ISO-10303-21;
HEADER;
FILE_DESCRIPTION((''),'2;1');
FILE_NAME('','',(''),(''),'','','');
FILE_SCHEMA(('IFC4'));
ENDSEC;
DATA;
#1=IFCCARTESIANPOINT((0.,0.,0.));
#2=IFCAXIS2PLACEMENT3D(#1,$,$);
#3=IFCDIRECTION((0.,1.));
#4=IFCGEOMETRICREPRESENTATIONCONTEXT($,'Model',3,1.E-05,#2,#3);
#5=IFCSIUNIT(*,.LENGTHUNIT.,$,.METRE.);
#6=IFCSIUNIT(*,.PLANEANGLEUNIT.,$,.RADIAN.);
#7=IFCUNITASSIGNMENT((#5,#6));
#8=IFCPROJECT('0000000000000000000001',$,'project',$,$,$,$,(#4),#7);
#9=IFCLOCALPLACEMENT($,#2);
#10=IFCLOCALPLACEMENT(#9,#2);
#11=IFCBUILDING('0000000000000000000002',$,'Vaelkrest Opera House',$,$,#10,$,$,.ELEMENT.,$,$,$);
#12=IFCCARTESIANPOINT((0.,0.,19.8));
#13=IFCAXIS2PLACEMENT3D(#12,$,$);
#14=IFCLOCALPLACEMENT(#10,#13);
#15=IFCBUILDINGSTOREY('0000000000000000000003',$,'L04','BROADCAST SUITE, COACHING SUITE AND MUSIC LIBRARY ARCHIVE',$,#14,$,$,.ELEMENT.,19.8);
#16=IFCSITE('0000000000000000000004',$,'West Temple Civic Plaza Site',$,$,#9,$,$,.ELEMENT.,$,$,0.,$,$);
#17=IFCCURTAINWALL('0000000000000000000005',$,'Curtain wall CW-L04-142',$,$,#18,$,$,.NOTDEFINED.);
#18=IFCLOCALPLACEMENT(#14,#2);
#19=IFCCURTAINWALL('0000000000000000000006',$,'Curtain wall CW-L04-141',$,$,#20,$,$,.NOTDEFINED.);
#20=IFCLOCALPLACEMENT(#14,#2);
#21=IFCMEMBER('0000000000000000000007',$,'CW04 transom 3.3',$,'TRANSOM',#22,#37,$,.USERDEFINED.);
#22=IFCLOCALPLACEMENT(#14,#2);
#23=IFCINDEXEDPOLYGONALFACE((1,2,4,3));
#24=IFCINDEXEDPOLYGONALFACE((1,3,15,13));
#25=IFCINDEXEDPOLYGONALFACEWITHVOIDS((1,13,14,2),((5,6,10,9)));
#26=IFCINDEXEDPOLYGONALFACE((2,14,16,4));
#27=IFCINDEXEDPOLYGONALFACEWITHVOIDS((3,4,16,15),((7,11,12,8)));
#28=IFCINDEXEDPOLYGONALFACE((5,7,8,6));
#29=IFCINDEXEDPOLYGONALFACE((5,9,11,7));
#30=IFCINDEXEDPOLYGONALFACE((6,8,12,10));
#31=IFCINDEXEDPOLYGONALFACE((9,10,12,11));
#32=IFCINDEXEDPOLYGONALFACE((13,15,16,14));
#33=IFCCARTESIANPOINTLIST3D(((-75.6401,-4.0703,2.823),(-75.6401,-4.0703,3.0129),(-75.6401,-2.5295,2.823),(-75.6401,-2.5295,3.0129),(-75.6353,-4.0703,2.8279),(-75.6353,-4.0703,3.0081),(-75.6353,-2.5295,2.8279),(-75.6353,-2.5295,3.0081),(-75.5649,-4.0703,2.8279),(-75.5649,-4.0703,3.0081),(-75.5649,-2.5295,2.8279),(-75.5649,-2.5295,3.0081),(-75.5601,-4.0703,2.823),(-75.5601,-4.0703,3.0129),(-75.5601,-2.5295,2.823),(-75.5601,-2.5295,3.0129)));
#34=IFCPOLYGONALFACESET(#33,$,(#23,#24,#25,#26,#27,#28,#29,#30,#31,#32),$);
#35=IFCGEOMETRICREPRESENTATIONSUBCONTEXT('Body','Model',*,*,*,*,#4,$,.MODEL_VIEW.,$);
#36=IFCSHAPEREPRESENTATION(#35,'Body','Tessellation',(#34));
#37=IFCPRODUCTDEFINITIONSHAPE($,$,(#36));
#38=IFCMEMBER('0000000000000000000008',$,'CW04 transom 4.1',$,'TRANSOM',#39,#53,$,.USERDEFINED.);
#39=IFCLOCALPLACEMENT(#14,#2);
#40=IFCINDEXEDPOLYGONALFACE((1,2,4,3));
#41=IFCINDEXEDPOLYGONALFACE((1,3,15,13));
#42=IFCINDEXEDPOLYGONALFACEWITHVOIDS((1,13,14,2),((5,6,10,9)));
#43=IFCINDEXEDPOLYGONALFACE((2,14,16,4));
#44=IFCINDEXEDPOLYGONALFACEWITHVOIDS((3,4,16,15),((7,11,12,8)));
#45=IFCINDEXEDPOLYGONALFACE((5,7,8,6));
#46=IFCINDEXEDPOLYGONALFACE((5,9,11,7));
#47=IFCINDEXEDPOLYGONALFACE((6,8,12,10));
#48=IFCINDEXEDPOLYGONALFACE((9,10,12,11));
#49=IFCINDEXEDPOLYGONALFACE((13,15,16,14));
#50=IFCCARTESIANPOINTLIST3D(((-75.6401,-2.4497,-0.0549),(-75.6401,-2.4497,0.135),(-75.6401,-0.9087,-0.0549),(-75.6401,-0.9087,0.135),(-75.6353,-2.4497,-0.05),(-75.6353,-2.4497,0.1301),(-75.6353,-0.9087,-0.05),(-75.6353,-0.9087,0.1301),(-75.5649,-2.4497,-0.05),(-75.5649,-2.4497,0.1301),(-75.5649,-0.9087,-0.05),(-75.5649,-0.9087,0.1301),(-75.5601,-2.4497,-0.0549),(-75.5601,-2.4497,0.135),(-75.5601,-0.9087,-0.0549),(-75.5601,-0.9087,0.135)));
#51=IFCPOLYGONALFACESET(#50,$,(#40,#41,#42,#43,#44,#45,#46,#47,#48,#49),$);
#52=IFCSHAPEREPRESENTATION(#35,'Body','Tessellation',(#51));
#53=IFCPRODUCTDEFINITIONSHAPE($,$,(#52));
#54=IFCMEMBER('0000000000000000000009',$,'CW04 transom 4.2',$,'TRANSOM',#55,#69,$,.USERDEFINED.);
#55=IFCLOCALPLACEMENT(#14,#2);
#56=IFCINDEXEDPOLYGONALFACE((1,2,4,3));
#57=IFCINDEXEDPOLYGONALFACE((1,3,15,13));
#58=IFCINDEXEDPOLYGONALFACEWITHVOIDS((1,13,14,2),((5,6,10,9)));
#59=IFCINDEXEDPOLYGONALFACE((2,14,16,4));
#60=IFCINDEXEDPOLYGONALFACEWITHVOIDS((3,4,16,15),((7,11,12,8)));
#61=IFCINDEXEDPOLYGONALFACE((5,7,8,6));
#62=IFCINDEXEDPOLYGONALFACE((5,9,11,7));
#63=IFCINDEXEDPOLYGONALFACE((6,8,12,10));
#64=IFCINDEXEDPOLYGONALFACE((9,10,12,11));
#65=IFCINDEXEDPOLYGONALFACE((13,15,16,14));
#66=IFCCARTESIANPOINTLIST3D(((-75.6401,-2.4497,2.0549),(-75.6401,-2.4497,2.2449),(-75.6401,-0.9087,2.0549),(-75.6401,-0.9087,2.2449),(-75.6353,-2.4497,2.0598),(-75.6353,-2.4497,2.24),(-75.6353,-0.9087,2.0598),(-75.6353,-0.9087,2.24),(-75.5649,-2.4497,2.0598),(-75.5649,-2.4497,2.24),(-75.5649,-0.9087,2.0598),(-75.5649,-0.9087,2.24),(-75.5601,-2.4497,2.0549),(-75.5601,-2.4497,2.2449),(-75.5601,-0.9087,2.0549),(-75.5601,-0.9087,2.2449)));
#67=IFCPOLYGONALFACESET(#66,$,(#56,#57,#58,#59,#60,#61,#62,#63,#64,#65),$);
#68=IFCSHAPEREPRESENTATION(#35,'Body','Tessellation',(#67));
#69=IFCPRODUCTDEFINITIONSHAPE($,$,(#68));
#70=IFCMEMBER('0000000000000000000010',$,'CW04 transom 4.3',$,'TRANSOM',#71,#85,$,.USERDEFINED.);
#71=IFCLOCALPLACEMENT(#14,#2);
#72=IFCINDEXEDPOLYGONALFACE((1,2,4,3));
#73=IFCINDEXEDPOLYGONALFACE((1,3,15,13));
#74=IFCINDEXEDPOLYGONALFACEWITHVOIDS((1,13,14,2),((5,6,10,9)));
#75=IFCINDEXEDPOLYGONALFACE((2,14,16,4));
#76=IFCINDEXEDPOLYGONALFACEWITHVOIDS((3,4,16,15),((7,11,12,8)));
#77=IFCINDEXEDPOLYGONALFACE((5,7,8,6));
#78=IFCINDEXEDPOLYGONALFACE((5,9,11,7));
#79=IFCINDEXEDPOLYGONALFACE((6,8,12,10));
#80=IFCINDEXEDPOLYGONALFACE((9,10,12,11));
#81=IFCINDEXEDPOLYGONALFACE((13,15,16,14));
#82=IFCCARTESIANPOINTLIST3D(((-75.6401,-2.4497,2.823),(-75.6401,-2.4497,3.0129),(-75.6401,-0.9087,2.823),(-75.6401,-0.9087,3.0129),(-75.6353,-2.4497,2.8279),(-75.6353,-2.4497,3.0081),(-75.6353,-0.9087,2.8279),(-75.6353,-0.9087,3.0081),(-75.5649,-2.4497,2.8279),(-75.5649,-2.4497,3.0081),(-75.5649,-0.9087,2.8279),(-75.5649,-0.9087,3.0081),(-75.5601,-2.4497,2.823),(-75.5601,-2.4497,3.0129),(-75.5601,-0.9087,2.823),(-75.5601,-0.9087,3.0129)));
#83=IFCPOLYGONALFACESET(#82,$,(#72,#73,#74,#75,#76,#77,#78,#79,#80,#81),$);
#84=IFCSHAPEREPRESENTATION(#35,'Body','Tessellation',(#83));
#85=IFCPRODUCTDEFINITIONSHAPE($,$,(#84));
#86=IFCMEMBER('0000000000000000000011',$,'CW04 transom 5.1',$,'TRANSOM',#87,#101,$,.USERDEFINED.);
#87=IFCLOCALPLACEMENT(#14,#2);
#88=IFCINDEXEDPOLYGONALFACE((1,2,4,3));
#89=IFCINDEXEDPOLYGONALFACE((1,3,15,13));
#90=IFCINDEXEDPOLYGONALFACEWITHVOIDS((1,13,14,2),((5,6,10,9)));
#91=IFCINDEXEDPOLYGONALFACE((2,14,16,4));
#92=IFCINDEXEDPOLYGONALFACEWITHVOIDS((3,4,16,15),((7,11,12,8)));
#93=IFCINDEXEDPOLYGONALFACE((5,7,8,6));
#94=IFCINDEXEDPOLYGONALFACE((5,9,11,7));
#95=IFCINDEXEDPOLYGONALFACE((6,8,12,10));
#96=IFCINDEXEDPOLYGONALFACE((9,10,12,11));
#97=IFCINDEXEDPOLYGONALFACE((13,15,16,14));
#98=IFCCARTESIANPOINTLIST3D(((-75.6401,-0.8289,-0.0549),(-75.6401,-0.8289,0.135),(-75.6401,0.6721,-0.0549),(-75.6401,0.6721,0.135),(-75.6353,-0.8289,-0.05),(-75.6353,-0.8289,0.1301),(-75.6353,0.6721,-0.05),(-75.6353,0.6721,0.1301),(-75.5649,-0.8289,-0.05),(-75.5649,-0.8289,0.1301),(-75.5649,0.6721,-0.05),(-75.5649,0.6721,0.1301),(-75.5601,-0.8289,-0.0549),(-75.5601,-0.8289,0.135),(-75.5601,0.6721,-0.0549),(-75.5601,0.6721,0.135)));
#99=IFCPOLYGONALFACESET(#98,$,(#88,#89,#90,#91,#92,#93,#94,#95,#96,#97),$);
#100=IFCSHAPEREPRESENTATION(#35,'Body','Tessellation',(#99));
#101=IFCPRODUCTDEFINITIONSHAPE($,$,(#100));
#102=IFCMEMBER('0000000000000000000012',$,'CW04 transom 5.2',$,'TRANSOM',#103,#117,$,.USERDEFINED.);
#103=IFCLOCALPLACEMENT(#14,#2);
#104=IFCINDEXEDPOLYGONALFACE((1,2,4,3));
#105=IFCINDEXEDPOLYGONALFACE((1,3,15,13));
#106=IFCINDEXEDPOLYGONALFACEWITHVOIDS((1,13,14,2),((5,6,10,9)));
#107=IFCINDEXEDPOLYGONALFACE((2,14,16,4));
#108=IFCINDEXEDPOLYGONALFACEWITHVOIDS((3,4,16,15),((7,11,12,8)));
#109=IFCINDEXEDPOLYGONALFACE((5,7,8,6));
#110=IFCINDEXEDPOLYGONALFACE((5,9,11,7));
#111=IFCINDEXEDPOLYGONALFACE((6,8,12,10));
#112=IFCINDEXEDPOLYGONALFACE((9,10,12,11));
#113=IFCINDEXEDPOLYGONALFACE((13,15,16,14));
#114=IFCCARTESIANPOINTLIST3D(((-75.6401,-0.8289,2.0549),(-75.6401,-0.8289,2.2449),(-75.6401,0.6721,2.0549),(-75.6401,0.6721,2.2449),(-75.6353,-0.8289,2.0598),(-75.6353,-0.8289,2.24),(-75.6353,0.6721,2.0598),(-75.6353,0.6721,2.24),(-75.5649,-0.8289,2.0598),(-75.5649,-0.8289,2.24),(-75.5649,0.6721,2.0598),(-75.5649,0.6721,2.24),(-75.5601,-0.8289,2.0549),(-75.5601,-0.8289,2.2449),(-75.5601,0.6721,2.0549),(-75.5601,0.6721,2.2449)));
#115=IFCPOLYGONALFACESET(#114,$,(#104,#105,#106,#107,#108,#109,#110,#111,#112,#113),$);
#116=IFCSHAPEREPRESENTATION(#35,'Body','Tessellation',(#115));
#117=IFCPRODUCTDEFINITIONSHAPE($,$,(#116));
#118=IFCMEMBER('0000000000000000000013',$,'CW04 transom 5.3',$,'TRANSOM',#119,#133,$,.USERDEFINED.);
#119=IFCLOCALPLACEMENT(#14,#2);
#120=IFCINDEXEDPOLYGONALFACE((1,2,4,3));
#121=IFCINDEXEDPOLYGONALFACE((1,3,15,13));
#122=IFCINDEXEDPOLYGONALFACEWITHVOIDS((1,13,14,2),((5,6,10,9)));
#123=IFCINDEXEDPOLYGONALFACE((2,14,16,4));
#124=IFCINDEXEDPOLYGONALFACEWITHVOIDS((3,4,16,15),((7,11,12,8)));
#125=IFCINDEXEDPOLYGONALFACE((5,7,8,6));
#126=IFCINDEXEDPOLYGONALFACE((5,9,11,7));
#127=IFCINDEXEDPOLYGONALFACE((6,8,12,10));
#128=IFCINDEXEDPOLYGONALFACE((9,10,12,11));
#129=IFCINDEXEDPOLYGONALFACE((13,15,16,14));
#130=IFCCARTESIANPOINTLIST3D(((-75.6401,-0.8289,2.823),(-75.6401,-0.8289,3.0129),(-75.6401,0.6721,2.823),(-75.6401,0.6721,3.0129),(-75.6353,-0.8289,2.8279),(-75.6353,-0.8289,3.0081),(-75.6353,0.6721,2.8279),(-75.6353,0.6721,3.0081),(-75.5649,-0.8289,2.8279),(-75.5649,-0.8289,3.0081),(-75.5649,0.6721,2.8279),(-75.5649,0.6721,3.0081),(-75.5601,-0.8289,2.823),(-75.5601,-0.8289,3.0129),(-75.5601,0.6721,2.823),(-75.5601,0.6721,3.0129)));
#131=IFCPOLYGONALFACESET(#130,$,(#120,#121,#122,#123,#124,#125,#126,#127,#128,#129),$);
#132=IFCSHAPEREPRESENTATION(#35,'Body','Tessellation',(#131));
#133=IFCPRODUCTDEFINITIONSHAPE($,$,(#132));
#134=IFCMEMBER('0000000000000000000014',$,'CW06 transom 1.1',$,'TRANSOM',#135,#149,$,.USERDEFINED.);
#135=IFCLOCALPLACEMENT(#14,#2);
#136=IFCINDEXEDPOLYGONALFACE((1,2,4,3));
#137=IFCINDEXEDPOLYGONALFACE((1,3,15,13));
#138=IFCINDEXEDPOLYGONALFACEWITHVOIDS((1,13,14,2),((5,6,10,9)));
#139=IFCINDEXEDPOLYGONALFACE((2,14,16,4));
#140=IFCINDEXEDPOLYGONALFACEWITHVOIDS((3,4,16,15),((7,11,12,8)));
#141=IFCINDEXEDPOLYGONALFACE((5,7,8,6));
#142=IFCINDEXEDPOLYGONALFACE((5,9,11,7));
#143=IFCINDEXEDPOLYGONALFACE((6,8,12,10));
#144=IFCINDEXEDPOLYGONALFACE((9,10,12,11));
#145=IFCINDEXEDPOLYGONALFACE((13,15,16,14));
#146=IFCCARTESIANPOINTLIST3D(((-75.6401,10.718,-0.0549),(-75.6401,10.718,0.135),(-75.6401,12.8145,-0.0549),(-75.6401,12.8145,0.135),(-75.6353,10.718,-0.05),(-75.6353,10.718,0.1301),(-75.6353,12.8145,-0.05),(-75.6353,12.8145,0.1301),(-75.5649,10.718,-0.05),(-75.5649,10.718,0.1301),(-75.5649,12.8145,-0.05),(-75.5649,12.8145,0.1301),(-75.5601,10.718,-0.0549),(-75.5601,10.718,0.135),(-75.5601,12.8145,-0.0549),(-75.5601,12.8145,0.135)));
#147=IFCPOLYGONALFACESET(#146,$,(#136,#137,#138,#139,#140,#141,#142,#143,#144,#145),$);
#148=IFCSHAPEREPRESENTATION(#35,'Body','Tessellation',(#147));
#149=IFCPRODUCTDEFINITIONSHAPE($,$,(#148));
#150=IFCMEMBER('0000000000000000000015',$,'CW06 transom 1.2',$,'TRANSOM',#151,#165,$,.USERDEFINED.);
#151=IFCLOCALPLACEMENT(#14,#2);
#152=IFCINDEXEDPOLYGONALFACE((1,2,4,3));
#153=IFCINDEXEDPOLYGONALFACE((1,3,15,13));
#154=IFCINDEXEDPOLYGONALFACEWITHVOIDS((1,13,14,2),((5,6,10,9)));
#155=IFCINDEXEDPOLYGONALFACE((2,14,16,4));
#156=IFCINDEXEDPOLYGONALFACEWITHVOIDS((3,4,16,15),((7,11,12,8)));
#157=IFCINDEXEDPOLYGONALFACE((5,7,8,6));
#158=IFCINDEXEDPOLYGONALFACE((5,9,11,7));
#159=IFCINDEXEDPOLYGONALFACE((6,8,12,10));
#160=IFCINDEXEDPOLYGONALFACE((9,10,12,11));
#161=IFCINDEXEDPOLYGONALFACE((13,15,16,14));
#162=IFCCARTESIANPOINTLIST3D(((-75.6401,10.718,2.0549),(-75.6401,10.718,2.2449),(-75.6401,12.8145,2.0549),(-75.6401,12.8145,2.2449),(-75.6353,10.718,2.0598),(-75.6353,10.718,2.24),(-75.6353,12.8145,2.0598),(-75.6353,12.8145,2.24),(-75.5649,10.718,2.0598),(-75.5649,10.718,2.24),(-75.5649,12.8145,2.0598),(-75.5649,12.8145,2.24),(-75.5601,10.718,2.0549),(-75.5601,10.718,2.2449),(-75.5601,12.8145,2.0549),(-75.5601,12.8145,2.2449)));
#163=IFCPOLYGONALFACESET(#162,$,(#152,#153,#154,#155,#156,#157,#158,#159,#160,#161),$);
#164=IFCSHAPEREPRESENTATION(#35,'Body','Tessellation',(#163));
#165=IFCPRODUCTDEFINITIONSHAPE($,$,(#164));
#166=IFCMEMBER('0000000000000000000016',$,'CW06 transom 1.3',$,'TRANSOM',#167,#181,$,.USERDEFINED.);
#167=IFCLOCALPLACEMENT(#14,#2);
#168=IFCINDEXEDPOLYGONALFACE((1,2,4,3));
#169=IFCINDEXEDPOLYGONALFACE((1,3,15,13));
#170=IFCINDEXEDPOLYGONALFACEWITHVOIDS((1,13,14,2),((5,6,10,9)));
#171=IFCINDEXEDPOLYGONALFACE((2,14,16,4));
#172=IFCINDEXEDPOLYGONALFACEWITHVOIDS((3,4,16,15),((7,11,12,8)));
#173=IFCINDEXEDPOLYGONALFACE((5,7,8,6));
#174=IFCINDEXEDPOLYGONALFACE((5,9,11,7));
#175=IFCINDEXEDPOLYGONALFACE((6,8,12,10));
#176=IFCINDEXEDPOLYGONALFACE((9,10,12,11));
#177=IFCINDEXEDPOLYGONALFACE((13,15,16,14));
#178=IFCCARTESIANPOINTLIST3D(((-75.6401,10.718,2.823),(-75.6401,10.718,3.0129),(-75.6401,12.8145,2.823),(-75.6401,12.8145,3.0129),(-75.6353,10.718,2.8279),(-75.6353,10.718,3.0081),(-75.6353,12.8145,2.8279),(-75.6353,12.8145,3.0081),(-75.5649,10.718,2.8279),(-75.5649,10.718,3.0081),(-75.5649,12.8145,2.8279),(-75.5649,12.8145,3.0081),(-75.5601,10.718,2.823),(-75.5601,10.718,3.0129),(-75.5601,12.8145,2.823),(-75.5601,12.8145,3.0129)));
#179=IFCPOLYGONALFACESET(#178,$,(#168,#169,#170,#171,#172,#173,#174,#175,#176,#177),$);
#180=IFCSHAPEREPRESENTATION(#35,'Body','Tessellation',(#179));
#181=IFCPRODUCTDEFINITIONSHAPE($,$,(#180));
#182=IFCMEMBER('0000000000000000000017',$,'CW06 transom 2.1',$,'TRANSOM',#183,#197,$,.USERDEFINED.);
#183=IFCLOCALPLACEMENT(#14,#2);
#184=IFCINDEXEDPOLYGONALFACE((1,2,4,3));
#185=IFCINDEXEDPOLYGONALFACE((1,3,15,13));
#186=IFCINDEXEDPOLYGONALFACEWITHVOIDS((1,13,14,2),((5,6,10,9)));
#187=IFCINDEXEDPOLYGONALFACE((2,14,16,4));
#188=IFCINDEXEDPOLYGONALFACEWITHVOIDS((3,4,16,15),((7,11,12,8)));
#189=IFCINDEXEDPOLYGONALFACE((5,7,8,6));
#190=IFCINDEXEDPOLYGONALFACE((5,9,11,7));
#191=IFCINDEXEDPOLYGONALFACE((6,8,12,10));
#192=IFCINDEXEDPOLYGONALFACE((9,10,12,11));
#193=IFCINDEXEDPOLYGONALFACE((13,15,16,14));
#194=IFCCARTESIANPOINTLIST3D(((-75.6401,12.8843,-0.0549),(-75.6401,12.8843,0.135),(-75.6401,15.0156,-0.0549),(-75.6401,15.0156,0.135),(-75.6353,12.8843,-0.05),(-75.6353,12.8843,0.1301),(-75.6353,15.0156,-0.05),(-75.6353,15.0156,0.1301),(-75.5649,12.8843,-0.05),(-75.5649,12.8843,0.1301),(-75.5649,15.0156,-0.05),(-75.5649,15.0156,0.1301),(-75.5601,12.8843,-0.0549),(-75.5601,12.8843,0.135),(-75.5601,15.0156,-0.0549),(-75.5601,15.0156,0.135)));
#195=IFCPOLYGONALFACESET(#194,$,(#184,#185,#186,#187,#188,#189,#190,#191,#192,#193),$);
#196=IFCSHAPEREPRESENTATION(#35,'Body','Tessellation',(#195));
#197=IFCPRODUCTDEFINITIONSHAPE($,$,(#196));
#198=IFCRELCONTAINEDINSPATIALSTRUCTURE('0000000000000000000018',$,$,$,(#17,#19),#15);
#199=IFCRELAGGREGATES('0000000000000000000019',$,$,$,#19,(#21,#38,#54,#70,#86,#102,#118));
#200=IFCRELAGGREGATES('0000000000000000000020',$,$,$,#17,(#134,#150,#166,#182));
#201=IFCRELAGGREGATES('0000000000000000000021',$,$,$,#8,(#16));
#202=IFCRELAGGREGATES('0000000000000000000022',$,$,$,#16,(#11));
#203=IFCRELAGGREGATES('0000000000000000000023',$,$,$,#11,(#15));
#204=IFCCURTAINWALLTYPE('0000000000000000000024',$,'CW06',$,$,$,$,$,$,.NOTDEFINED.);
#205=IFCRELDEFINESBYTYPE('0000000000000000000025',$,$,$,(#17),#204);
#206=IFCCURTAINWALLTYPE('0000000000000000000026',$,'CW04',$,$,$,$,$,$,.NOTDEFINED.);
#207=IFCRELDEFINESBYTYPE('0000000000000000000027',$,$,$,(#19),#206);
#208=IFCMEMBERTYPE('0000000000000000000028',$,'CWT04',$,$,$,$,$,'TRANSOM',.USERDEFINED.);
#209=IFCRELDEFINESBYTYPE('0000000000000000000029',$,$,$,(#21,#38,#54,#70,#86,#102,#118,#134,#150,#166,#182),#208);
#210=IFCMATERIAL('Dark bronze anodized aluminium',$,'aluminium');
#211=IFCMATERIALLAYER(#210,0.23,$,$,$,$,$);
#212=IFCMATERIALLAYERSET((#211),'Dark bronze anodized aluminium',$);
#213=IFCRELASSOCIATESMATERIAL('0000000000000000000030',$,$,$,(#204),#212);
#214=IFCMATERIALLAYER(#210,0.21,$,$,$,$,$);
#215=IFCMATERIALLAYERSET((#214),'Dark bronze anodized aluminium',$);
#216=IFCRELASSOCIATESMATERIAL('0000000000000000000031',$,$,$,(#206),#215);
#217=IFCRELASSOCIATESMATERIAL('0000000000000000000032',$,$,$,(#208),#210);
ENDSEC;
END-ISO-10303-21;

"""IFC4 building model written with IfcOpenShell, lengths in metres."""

from ifc_helpers import new_model, si_unit, direction, frame, origin, origin_2d, place, context, subcontext, project, spatial, hollow_rectangle, extrude, material, layer, layer_set, material_profile, profile_set, type_object, element, aggregate, save


model = new_model("IFC4")

# Units and contexts
model_context = context("Model", 3, precision=1e-05, world=origin(), true_north=direction((0.0, 1.0)))
body_context = subcontext(model_context, "Body", "Model", "MODEL_VIEW")
ifc_project = project(units=[si_unit("LENGTHUNIT", "METRE"), si_unit("PLANEANGLEUNIT", "RADIAN")], contexts=[model_context])

# Site, building, storey
site_placement = place(None, origin())
site = spatial("IfcSite", under=ifc_project, at=site_placement, Name="West Temple Civic Plaza Site", CompositionType="ELEMENT", RefElevation=0.0)
building_placement = place(site_placement, origin())
building = spatial("IfcBuilding", under=site, at=building_placement, Name="Vaelkrest Opera House", CompositionType="ELEMENT")
storey_placement = place(building_placement, frame((0.0, 0.0, 19.8)))
storey = spatial("IfcBuildingStorey", under=building, at=storey_placement, Name="L04", Description="BROADCAST SUITE, COACHING SUITE AND MUSIC LIBRARY ARCHIVE", CompositionType="ELEMENT", Elevation=19.8)

# Curtain walls, members
ifc_material_1 = material(Name="Dark bronze anodized aluminium", Category="aluminium")
ifc_layer_1 = layer(ifc_material_1, 0.23)
ifc_layer_set_1 = layer_set([ifc_layer_1], Name="Dark bronze anodized aluminium")
curtain_wall_type_1 = type_object("IfcCurtainWallType", Name="CW06", PredefinedType="NOTDEFINED", material=ifc_layer_set_1)
curtain_wall_1_placement = place(storey_placement, origin())
curtain_wall_1 = element("IfcCurtainWall", 1, at=curtain_wall_1_placement, inside=storey, type_object=curtain_wall_type_1, Name="Curtain wall CW-L04-142", PredefinedType="NOTDEFINED")
ifc_layer_2 = layer(ifc_material_1, 0.21)
ifc_layer_set_2 = layer_set([ifc_layer_2], Name="Dark bronze anodized aluminium")
curtain_wall_type_2 = type_object("IfcCurtainWallType", Name="CW04", PredefinedType="NOTDEFINED", material=ifc_layer_set_2)
curtain_wall_2_placement = place(storey_placement, origin())
curtain_wall_2 = element("IfcCurtainWall", 2, at=curtain_wall_2_placement, inside=storey, type_object=curtain_wall_type_2, Name="Curtain wall CW-L04-141", PredefinedType="NOTDEFINED")
ifc_material_profile_1 = material_profile(ifc_material_1, hollow_rectangle(XDim=0.0801, YDim=0.1899, WallThickness=0.0049, at=origin_2d()), Name="CWT80X190")
ifc_profile_set_1 = profile_set([ifc_material_profile_1], Name="Dark bronze anodized aluminium")
member_type_1 = type_object("IfcMemberType", Name="CWT04", ElementType="TRANSOM", PredefinedType="USERDEFINED", material=ifc_profile_set_1)
member_1_placement = place(storey_placement, frame((-75.6001, -4.0703, 2.918), z_axis=(0.0, 1.0, 0.0), x_axis=(-1.0, 0.0, 0.0)))
member_1 = element("IfcMember", 3, at=member_1_placement, type_object=member_type_1, Name="CW04 transom 3.3", ObjectType="TRANSOM", PredefinedType="USERDEFINED", context=body_context, shape_type="SweptSolid", body=[
    extrude(hollow_rectangle(XDim=0.0801, YDim=0.1899, WallThickness=0.0049, at=origin_2d()), origin(), (0.0, 0.0, 1.0), 1.5408),
])
member_2_placement = place(storey_placement, frame((-75.6001, -2.4497, 0.04), z_axis=(0.0, 1.0, 0.0), x_axis=(-1.0, 0.0, 0.0)))
member_2 = element("IfcMember", 4, at=member_2_placement, type_object=member_type_1, Name="CW04 transom 4.1", ObjectType="TRANSOM", PredefinedType="USERDEFINED", context=body_context, shape_type="SweptSolid", body=[
    extrude(hollow_rectangle(XDim=0.0801, YDim=0.1899, WallThickness=0.0049, at=origin_2d()), origin(), (0.0, 0.0, 1.0), 1.541),
])
member_3_placement = place(storey_placement, frame((-75.6001, -2.4497, 2.1499), z_axis=(0.0, 1.0, 0.0), x_axis=(-1.0, 0.0, 0.0)))
member_3 = element("IfcMember", 5, at=member_3_placement, type_object=member_type_1, Name="CW04 transom 4.2", ObjectType="TRANSOM", PredefinedType="USERDEFINED", context=body_context, shape_type="SweptSolid", body=[
    extrude(hollow_rectangle(XDim=0.0801, YDim=0.1899, WallThickness=0.0049, at=origin_2d()), origin(), (0.0, 0.0, 1.0), 1.541),
])
member_4_placement = place(storey_placement, frame((-75.6001, -2.4497, 2.918), z_axis=(0.0, 1.0, 0.0), x_axis=(-1.0, 0.0, 0.0)))
member_4 = element("IfcMember", 6, at=member_4_placement, type_object=member_type_1, Name="CW04 transom 4.3", ObjectType="TRANSOM", PredefinedType="USERDEFINED", context=body_context, shape_type="SweptSolid", body=[
    extrude(hollow_rectangle(XDim=0.0801, YDim=0.1899, WallThickness=0.0049, at=origin_2d()), origin(), (0.0, 0.0, 1.0), 1.541),
])
member_5_placement = place(storey_placement, frame((-75.6001, -0.8289, 0.04), z_axis=(0.0, 1.0, 0.0), x_axis=(-1.0, 0.0, 0.0)))
member_5 = element("IfcMember", 7, at=member_5_placement, type_object=member_type_1, Name="CW04 transom 5.1", ObjectType="TRANSOM", PredefinedType="USERDEFINED", context=body_context, shape_type="SweptSolid", body=[
    extrude(hollow_rectangle(XDim=0.0801, YDim=0.1899, WallThickness=0.0049, at=origin_2d()), origin(), (0.0, 0.0, 1.0), 1.501),
])
member_6_placement = place(storey_placement, frame((-75.6001, -0.8289, 2.1499), z_axis=(0.0, 1.0, 0.0), x_axis=(-1.0, 0.0, 0.0)))
member_6 = element("IfcMember", 8, at=member_6_placement, type_object=member_type_1, Name="CW04 transom 5.2", ObjectType="TRANSOM", PredefinedType="USERDEFINED", context=body_context, shape_type="SweptSolid", body=[
    extrude(hollow_rectangle(XDim=0.0801, YDim=0.1899, WallThickness=0.0049, at=origin_2d()), origin(), (0.0, 0.0, 1.0), 1.501),
])
member_7_placement = place(storey_placement, frame((-75.6001, -0.8289, 2.918), z_axis=(0.0, 1.0, 0.0), x_axis=(-1.0, 0.0, 0.0)))
member_7 = element("IfcMember", 9, at=member_7_placement, type_object=member_type_1, Name="CW04 transom 5.3", ObjectType="TRANSOM", PredefinedType="USERDEFINED", context=body_context, shape_type="SweptSolid", body=[
    extrude(hollow_rectangle(XDim=0.0801, YDim=0.1899, WallThickness=0.0049, at=origin_2d()), origin(), (0.0, 0.0, 1.0), 1.501),
])

# Members
member_8_placement = place(storey_placement, frame((-75.6001, 10.718, 0.04), z_axis=(0.0, 1.0, 0.0), x_axis=(-1.0, 0.0, 0.0)))
member_8 = element("IfcMember", 10, at=member_8_placement, type_object=member_type_1, Name="CW06 transom 1.1", ObjectType="TRANSOM", PredefinedType="USERDEFINED", context=body_context, shape_type="SweptSolid", body=[
    extrude(hollow_rectangle(XDim=0.0801, YDim=0.1899, WallThickness=0.0049, at=origin_2d()), origin(), (0.0, 0.0, 1.0), 2.0964),
])
member_9_placement = place(storey_placement, frame((-75.6001, 10.718, 2.1499), z_axis=(0.0, 1.0, 0.0), x_axis=(-1.0, 0.0, 0.0)))
member_9 = element("IfcMember", 11, at=member_9_placement, type_object=member_type_1, Name="CW06 transom 1.2", ObjectType="TRANSOM", PredefinedType="USERDEFINED", context=body_context, shape_type="SweptSolid", body=[
    extrude(hollow_rectangle(XDim=0.0801, YDim=0.1899, WallThickness=0.0049, at=origin_2d()), origin(), (0.0, 0.0, 1.0), 2.0964),
])
member_10_placement = place(storey_placement, frame((-75.6001, 10.718, 2.918), z_axis=(0.0, 1.0, 0.0), x_axis=(-1.0, 0.0, 0.0)))
member_10 = element("IfcMember", 12, at=member_10_placement, type_object=member_type_1, Name="CW06 transom 1.3", ObjectType="TRANSOM", PredefinedType="USERDEFINED", context=body_context, shape_type="SweptSolid", body=[
    extrude(hollow_rectangle(XDim=0.0801, YDim=0.1899, WallThickness=0.0049, at=origin_2d()), origin(), (0.0, 0.0, 1.0), 2.0964),
])
member_11_placement = place(storey_placement, frame((-75.6001, 12.8843, 0.04), z_axis=(0.0, 1.0, 0.0), x_axis=(-1.0, 0.0, 0.0)))
member_11 = element("IfcMember", 13, at=member_11_placement, type_object=member_type_1, Name="CW06 transom 2.1", ObjectType="TRANSOM", PredefinedType="USERDEFINED", context=body_context, shape_type="SweptSolid", body=[
    extrude(hollow_rectangle(XDim=0.0801, YDim=0.1899, WallThickness=0.0049, at=origin_2d()), origin(), (0.0, 0.0, 1.0), 2.1313),
])

aggregate(curtain_wall_2, [member_1, member_2, member_3, member_4, member_5, member_6, member_7])
aggregate(curtain_wall_1, [member_8, member_9, member_10, member_11])

save(model, "model.ifc")
